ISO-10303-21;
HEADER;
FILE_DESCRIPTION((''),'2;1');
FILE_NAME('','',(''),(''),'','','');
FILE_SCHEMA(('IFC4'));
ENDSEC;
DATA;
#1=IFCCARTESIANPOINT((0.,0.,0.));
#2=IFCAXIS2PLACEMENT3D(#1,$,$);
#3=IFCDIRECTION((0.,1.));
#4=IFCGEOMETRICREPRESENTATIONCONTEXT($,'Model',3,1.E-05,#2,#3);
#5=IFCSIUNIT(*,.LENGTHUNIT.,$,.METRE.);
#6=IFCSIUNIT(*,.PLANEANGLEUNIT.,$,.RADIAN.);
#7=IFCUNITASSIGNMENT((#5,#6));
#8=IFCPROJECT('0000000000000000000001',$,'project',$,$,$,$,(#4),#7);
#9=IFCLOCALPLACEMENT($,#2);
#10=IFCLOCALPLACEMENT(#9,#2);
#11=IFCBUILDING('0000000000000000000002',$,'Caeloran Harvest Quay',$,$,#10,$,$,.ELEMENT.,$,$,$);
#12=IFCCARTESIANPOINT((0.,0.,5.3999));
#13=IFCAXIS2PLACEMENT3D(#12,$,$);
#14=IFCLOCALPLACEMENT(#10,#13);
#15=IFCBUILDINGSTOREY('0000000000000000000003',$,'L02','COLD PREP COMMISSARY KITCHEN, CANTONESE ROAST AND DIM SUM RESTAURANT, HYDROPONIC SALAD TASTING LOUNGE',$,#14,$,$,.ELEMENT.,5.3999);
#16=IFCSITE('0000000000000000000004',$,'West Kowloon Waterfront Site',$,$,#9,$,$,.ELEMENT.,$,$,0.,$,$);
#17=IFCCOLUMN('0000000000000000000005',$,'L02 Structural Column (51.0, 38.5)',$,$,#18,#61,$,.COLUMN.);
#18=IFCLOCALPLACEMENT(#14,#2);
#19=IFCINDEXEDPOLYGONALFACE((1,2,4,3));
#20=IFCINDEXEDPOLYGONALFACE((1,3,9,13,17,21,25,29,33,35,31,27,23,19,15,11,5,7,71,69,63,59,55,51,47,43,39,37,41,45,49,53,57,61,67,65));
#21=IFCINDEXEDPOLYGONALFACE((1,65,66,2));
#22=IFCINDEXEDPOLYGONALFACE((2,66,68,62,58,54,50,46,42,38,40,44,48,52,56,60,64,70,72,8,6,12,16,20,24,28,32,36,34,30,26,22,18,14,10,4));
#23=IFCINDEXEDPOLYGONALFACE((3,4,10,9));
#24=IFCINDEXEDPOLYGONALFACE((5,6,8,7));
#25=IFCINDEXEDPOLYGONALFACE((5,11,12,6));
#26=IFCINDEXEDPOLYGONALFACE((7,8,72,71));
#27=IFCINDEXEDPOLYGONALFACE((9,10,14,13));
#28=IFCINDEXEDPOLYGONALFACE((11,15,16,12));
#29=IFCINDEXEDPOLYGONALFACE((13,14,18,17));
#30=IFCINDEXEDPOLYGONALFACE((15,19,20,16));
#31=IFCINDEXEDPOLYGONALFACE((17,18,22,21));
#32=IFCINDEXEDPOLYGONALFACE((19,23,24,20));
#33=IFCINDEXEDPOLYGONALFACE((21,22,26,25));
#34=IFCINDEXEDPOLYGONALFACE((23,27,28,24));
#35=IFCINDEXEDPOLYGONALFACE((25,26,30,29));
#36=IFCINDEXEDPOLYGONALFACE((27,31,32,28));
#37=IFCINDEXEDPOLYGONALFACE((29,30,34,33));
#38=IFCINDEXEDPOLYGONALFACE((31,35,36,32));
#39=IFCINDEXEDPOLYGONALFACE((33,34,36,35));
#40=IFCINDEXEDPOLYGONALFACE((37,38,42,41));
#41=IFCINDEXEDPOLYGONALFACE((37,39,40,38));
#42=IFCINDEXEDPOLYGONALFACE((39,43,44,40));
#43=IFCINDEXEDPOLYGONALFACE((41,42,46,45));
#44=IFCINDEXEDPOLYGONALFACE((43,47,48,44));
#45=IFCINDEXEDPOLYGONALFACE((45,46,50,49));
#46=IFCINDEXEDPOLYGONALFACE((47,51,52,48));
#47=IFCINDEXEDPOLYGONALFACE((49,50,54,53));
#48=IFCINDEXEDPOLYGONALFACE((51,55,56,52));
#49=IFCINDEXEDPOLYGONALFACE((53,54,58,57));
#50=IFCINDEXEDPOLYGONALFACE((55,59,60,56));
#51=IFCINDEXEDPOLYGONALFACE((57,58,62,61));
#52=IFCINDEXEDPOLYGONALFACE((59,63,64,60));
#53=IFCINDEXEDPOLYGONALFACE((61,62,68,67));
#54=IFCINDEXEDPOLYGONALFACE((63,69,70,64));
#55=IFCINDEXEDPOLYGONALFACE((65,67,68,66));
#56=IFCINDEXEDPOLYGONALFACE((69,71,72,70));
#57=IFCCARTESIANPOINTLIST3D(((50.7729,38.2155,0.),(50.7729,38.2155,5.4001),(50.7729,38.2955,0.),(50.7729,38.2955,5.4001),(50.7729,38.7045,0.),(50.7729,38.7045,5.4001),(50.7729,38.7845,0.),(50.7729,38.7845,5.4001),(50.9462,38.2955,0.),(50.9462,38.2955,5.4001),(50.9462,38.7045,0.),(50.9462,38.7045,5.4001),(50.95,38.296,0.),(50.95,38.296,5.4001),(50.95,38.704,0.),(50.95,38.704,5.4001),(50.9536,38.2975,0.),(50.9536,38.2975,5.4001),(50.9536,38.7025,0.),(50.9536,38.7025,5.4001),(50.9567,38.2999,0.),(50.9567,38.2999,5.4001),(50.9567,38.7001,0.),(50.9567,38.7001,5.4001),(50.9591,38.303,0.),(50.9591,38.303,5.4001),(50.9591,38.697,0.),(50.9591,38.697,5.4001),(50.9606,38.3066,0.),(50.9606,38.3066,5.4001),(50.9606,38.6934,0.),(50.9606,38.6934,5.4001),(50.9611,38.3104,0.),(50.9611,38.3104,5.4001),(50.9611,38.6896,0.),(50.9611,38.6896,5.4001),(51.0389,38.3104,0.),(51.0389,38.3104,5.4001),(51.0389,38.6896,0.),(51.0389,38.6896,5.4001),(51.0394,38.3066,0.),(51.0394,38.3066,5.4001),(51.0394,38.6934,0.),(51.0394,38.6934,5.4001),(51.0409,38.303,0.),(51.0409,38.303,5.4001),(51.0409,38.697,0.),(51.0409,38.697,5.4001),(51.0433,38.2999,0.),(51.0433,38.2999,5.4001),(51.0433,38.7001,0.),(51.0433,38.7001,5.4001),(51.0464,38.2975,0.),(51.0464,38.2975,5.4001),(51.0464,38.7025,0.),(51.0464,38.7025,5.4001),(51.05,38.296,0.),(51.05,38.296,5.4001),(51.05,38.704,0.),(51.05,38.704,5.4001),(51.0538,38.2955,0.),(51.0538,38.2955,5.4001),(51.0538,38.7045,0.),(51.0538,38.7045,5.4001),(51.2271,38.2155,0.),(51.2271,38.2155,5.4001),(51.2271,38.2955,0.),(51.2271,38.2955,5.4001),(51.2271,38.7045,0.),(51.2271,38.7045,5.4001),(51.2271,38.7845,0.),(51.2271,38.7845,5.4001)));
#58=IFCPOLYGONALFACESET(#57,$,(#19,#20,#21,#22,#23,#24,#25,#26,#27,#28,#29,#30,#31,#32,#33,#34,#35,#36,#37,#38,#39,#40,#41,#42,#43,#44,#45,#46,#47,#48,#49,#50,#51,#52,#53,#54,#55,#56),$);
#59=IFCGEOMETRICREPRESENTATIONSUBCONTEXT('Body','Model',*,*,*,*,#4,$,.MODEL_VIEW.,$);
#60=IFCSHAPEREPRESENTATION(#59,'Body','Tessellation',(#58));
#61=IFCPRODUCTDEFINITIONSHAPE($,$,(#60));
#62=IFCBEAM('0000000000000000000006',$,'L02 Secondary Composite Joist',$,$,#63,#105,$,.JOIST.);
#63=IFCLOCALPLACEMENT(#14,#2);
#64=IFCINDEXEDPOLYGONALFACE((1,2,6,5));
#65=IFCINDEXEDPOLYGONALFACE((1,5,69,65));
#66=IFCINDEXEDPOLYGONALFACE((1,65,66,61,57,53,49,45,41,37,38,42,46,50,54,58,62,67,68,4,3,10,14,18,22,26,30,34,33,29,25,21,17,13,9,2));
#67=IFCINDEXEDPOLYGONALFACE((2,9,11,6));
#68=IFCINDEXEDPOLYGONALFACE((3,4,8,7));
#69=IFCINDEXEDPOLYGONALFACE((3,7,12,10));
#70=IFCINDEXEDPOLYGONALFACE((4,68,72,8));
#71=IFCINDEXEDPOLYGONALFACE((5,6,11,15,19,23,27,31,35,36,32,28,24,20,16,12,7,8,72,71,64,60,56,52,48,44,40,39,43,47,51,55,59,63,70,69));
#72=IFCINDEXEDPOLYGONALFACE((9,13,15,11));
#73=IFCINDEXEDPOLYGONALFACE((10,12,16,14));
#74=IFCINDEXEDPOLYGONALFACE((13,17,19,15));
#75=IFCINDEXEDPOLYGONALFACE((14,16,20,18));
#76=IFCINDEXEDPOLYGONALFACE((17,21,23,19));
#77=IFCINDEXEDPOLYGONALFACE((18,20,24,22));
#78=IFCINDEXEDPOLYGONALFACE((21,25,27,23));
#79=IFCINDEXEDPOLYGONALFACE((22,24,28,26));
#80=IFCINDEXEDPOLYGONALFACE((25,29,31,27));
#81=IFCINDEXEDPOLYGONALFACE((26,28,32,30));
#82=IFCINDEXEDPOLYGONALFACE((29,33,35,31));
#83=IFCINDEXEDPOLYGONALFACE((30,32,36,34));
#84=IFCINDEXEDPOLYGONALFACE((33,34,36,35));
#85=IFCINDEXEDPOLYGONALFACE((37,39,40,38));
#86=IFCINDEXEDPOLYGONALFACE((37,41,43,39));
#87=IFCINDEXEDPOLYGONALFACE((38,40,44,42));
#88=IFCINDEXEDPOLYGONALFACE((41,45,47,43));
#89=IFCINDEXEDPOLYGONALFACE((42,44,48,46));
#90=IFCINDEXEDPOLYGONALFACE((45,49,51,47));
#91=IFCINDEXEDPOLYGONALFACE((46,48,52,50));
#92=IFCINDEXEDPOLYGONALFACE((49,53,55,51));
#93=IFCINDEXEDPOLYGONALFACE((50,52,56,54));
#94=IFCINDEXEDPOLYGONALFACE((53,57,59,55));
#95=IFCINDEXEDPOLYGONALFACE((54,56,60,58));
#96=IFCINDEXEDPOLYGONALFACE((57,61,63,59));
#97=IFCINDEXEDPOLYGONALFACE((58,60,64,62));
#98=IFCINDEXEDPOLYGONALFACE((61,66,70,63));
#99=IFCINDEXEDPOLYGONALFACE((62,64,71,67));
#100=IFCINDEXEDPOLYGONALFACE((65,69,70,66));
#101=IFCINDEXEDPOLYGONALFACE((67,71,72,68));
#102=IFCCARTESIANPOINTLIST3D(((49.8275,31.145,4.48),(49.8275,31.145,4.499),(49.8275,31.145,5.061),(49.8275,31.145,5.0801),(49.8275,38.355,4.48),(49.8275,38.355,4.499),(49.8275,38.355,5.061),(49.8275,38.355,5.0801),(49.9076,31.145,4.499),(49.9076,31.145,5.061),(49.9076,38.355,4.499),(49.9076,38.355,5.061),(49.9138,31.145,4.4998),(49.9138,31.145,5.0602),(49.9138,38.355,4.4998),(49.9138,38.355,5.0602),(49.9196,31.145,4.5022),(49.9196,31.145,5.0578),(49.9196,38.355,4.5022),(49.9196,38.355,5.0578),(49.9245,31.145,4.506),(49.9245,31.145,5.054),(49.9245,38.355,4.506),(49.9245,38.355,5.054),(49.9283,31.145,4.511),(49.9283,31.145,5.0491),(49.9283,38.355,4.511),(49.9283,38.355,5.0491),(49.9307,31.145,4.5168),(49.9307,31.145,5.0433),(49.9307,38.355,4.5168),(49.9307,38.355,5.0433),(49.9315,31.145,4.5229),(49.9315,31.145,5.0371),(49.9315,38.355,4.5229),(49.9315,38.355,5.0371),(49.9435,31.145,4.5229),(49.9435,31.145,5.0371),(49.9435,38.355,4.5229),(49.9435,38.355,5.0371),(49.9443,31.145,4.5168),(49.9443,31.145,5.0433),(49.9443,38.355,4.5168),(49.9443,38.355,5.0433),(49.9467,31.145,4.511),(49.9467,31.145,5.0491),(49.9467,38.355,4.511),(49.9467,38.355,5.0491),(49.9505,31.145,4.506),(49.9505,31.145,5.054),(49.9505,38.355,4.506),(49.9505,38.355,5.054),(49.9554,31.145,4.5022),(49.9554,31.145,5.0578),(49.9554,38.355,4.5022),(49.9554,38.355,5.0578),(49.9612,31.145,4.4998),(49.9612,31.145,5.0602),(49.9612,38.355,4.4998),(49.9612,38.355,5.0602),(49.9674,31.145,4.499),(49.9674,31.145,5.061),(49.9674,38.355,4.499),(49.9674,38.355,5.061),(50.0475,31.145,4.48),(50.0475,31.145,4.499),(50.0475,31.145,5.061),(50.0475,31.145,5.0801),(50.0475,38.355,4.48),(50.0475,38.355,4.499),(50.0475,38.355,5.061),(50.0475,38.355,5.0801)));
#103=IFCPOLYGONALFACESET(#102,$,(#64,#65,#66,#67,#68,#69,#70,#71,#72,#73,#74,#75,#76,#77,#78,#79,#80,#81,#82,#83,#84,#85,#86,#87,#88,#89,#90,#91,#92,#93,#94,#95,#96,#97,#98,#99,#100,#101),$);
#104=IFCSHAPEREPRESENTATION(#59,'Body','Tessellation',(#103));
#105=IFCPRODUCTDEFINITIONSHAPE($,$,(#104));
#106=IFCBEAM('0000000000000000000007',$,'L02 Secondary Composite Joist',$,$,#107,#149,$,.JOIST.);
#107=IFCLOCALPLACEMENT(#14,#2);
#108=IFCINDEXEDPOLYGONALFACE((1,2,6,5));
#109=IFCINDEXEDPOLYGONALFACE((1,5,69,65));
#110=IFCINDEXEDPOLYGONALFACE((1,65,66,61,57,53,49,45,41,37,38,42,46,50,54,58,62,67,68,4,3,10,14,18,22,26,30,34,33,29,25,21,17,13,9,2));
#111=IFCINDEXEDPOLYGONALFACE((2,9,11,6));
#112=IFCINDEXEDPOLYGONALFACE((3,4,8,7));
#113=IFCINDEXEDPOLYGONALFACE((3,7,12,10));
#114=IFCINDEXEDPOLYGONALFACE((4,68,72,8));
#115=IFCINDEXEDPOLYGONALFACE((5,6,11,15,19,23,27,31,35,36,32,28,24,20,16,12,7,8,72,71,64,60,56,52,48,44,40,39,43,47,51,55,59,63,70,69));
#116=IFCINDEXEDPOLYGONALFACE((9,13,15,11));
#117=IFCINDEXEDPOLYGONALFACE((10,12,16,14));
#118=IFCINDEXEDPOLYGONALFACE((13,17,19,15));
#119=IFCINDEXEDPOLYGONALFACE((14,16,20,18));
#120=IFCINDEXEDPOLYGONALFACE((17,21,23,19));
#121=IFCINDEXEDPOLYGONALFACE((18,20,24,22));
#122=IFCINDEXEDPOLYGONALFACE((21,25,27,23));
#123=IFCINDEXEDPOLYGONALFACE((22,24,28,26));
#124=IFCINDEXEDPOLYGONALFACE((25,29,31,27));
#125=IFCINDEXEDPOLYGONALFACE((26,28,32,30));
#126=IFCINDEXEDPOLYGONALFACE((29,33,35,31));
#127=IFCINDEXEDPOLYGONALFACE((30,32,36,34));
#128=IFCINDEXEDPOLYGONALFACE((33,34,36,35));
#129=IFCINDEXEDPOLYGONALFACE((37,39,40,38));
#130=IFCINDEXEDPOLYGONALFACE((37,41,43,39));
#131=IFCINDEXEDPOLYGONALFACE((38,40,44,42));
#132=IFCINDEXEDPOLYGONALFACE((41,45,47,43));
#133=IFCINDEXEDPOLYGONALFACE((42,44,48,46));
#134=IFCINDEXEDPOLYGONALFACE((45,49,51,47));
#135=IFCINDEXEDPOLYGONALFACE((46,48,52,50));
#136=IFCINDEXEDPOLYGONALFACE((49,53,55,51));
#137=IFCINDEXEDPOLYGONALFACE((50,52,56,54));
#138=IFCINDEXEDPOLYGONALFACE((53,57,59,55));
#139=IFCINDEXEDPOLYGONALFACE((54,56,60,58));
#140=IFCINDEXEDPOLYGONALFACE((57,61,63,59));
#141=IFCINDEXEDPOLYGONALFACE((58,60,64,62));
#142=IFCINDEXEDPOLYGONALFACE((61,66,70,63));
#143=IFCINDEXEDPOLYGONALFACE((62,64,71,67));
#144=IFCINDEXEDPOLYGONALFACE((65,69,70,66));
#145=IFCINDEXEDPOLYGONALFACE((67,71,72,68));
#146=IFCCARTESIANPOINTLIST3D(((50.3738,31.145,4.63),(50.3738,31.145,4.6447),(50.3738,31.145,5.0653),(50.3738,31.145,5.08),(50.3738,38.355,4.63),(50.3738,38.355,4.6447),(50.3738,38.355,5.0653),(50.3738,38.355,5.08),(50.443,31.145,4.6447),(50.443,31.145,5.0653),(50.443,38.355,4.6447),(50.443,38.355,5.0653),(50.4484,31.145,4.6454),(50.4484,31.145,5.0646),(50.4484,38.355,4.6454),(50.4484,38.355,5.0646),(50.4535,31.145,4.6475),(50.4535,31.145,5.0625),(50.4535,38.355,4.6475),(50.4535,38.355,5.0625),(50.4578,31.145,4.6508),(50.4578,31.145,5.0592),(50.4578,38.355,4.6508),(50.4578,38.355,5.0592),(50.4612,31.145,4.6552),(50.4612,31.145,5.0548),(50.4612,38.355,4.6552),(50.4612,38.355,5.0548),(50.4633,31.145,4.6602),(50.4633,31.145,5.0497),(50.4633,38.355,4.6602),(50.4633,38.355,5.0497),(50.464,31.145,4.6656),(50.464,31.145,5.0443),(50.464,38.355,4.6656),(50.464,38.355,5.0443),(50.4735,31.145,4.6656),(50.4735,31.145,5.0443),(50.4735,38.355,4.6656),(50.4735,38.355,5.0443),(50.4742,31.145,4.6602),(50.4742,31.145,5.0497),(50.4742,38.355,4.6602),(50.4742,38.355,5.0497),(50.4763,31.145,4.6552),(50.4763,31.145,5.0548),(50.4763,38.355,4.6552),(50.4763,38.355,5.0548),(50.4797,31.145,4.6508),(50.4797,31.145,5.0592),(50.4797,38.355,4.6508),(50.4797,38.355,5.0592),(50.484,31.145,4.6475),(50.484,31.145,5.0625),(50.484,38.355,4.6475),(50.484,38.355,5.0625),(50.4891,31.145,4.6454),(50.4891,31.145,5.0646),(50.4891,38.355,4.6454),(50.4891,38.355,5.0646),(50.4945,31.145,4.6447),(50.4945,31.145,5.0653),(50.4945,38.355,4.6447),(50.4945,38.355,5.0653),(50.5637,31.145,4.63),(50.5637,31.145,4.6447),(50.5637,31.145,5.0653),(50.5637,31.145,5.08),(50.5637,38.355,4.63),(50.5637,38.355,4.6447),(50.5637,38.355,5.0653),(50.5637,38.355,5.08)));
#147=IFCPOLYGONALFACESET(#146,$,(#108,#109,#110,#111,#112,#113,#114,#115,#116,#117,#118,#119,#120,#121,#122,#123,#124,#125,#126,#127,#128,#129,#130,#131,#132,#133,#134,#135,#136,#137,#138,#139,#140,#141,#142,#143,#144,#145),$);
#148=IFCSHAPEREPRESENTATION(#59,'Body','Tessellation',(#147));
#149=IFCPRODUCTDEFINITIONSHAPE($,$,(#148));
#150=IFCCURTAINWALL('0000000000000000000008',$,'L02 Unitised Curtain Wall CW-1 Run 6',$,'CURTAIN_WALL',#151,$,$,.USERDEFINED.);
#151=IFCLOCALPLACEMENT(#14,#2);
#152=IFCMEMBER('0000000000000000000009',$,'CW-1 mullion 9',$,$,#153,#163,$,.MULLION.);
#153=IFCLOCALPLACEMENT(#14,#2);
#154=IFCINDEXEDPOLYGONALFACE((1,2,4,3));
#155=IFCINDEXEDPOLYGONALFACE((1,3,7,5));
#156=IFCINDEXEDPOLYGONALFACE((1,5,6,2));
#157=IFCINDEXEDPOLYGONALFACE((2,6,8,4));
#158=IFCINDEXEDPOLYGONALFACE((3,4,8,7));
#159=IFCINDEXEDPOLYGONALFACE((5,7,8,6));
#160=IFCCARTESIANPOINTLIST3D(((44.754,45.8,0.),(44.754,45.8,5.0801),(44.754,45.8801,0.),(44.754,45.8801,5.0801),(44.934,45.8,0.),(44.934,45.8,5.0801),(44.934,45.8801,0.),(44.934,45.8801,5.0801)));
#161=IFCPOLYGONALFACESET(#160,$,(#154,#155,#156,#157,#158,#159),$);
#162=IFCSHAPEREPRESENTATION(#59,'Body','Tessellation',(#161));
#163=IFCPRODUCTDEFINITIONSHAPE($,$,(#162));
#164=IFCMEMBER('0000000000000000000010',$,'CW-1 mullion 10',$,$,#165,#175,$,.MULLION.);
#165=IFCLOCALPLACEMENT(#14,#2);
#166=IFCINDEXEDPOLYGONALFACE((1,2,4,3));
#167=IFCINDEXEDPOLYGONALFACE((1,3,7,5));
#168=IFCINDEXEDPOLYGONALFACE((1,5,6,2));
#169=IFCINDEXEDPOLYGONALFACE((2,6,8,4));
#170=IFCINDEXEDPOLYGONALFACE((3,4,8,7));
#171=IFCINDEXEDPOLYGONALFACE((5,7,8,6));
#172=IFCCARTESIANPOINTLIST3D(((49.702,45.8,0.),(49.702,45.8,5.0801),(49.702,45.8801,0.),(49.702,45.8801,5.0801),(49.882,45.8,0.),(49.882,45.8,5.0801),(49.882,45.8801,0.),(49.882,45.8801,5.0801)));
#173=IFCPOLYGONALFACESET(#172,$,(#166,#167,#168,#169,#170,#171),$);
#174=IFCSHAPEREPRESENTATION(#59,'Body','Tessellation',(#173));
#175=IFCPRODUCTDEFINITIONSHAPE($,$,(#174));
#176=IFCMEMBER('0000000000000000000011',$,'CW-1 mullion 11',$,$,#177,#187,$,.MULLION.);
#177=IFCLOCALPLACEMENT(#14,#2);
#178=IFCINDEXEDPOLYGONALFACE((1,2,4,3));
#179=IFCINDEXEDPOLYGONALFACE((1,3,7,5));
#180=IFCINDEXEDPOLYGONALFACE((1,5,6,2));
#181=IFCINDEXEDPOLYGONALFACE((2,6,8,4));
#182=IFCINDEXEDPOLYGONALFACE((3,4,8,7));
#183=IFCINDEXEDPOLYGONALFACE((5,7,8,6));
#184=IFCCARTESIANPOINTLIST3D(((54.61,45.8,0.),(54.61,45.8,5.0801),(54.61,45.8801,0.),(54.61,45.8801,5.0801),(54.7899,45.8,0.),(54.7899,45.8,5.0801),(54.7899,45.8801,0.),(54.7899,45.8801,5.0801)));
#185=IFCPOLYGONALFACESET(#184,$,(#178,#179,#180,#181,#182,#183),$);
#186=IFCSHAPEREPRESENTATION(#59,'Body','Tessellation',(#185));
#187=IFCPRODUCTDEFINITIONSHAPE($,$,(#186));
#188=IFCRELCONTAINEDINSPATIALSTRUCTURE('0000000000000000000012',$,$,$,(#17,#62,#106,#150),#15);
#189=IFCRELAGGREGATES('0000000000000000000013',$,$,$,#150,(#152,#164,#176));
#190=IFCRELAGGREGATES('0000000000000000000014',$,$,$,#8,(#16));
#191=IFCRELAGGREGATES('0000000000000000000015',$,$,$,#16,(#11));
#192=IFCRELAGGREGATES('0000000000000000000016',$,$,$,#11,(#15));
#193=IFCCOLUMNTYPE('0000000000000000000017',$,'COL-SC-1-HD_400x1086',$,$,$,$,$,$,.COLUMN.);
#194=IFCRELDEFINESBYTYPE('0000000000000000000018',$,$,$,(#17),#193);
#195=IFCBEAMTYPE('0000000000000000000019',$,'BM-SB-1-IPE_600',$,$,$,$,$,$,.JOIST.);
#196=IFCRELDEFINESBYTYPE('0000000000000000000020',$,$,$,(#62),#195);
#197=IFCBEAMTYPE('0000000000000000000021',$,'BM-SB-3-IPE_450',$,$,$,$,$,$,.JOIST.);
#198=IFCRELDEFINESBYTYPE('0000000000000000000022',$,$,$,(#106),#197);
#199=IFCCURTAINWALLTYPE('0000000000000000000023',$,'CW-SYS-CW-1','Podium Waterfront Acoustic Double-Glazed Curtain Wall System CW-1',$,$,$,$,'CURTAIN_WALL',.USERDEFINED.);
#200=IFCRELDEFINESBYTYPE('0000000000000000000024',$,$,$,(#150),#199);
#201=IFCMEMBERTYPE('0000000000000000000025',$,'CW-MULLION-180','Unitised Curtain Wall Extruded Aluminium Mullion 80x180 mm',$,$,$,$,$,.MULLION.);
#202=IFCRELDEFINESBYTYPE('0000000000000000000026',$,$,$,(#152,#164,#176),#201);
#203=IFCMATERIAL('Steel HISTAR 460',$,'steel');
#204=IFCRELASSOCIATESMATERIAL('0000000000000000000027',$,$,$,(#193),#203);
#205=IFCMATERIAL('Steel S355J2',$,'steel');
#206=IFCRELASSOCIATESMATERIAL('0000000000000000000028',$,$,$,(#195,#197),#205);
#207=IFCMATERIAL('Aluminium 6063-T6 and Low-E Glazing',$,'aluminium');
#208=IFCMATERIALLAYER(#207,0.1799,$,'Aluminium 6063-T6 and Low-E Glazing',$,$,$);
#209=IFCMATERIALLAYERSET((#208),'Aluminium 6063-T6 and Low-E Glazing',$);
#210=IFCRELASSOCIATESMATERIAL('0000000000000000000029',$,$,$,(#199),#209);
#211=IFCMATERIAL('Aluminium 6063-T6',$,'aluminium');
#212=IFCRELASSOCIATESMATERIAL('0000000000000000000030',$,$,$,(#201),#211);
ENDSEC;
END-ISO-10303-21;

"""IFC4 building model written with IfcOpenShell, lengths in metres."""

from ifc_helpers import new_model, si_unit, direction, frame, origin, origin_2d, place, context, subcontext, project, spatial, rectangle, i_section, extrude, material, layer, layer_set, material_profile, profile_set, type_object, element, aggregate, save


model = new_model("IFC4")

# Units and contexts
model_context = context("Model", 3, precision=1e-05, world=origin(), true_north=direction((0.0, 1.0)))
body_context = subcontext(model_context, "Body", "Model", "MODEL_VIEW")
ifc_project = project(units=[si_unit("LENGTHUNIT", "METRE"), si_unit("PLANEANGLEUNIT", "RADIAN")], contexts=[model_context])

# Site, building, storey
site_placement = place(None, origin())
site = spatial("IfcSite", under=ifc_project, at=site_placement, Name="West Kowloon Waterfront Site", CompositionType="ELEMENT", RefElevation=0.0)
building_placement = place(site_placement, origin())
building = spatial("IfcBuilding", under=site, at=building_placement, Name="Caeloran Harvest Quay", CompositionType="ELEMENT")
storey_placement = place(building_placement, frame((0.0, 0.0, 5.3999)))
storey = spatial("IfcBuildingStorey", under=building, at=storey_placement, Name="L02", Description="COLD PREP COMMISSARY KITCHEN, CANTONESE ROAST AND DIM SUM RESTAURANT, HYDROPONIC SALAD TASTING LOUNGE", CompositionType="ELEMENT", Elevation=5.3999)

# Column
ifc_material_1 = material(Name="Steel HISTAR 460", Category="steel")
ifc_material_profile_1 = material_profile(ifc_material_1, i_section(OverallWidth=0.4541, OverallDepth=0.5691, WebThickness=0.0779, FlangeThickness=0.0801, FilletRadius=0.0149, at=origin_2d()), Name="HD 400x1086")
ifc_profile_set_1 = profile_set([ifc_material_profile_1], Name="Steel HISTAR 460")
column_type = type_object("IfcColumnType", Name="COL-SC-1-HD_400x1086", PredefinedType="COLUMN", material=ifc_profile_set_1)
column_placement = place(storey_placement, frame((51.0, 38.5, 0.0), z_axis=(0.0, 0.0, 1.0), x_axis=(1.0, 0.0, 0.0)))
element("IfcColumn", 1, at=column_placement, inside=storey, type_object=column_type, Name="L02 Structural Column (51.0, 38.5)", PredefinedType="COLUMN", context=body_context, shape_type="SweptSolid", body=[
    extrude(i_section(OverallWidth=0.4541, OverallDepth=0.5691, WebThickness=0.0779, FlangeThickness=0.0801, FilletRadius=0.0149, at=origin_2d()), origin(), (0.0, 0.0, 1.0), 5.4001),
])

# Beams
ifc_material_2 = material(Name="Steel S355J2", Category="steel")
ifc_material_profile_2 = material_profile(ifc_material_2, i_section(OverallWidth=0.22, OverallDepth=0.6001, WebThickness=0.012, FlangeThickness=0.019, FilletRadius=0.0239, at=origin_2d()), Name="IPE 600")
ifc_profile_set_2 = profile_set([ifc_material_profile_2], Name="Steel S355J2")
beam_type_1 = type_object("IfcBeamType", Name="BM-SB-1-IPE_600", PredefinedType="JOIST", material=ifc_profile_set_2)
beam_1_placement = place(storey_placement, frame((49.9375, 31.145, 4.78), z_axis=(0.0, 1.0, 0.0), x_axis=(-1.0, 0.0, 0.0)))
element("IfcBeam", 2, at=beam_1_placement, inside=storey, type_object=beam_type_1, Name="L02 Secondary Composite Joist", PredefinedType="JOIST", context=body_context, shape_type="SweptSolid", body=[
    extrude(i_section(OverallWidth=0.22, OverallDepth=0.6001, WebThickness=0.012, FlangeThickness=0.019, FilletRadius=0.0239, at=origin_2d()), origin(), (0.0, 0.0, 1.0), 7.21),
])
ifc_material_profile_3 = material_profile(ifc_material_2, i_section(OverallWidth=0.1899, OverallDepth=0.45, WebThickness=0.0095, FlangeThickness=0.0146, FilletRadius=0.021, at=origin_2d()), Name="IPE 450")
ifc_profile_set_3 = profile_set([ifc_material_profile_3], Name="Steel S355J2")
beam_type_2 = type_object("IfcBeamType", Name="BM-SB-3-IPE_450", PredefinedType="JOIST", material=ifc_profile_set_3)
beam_2_placement = place(storey_placement, frame((50.4688, 31.145, 4.855), z_axis=(0.0, 1.0, 0.0), x_axis=(-1.0, 0.0, 0.0)))
element("IfcBeam", 3, at=beam_2_placement, inside=storey, type_object=beam_type_2, Name="L02 Secondary Composite Joist", PredefinedType="JOIST", context=body_context, shape_type="SweptSolid", body=[
    extrude(i_section(OverallWidth=0.1899, OverallDepth=0.45, WebThickness=0.0095, FlangeThickness=0.0146, FilletRadius=0.021, at=origin_2d()), origin(), (0.0, 0.0, 1.0), 7.21),
])

# Curtain wall, members
ifc_material_3 = material(Name="Aluminium 6063-T6 and Low-E Glazing", Category="aluminium")
ifc_layer_1 = layer(ifc_material_3, 0.1799, Name="Aluminium 6063-T6 and Low-E Glazing")
ifc_layer_set_1 = layer_set([ifc_layer_1], Name="Aluminium 6063-T6 and Low-E Glazing")
curtain_wall_type = type_object("IfcCurtainWallType", Name="CW-SYS-CW-1", Description="Podium Waterfront Acoustic Double-Glazed Curtain Wall System CW-1", ElementType="CURTAIN_WALL", PredefinedType="USERDEFINED", material=ifc_layer_set_1)
curtain_wall_1_placement = place(storey_placement, origin())
curtain_wall_1 = element("IfcCurtainWall", 4, at=curtain_wall_1_placement, inside=storey, type_object=curtain_wall_type, Name="L02 Unitised Curtain Wall CW-1 Run 6", ObjectType="CURTAIN_WALL", PredefinedType="USERDEFINED")
ifc_material_4 = material(Name="Aluminium 6063-T6", Category="aluminium")
ifc_material_profile_4 = material_profile(ifc_material_4, rectangle(XDim=0.0801, YDim=0.1799, at=origin_2d()), Name="CW-MULLION-180")
ifc_profile_set_4 = profile_set([ifc_material_profile_4], Name="Aluminium 6063-T6")
member_type_1 = type_object("IfcMemberType", Name="CW-MULLION-180", Description="Unitised Curtain Wall Extruded Aluminium Mullion 80x180 mm", PredefinedType="MULLION", material=ifc_profile_set_4)
member_1_placement = place(storey_placement, frame((44.844, 45.8401, 0.0), z_axis=(0.0, 0.0, 1.0), x_axis=(0.0, 1.0, 0.0)))
member_1 = element("IfcMember", 5, at=member_1_placement, type_object=member_type_1, Name="CW-1 mullion 9", PredefinedType="MULLION", context=body_context, shape_type="SweptSolid", body=[
    extrude(rectangle(XDim=0.0801, YDim=0.1799, at=origin_2d()), origin(), (0.0, 0.0, 1.0), 5.0801),
])
member_2_placement = place(storey_placement, frame((49.792, 45.8401, 0.0), z_axis=(0.0, 0.0, 1.0), x_axis=(0.0, 1.0, 0.0)))
member_2 = element("IfcMember", 6, at=member_2_placement, type_object=member_type_1, Name="CW-1 mullion 10", PredefinedType="MULLION", context=body_context, shape_type="SweptSolid", body=[
    extrude(rectangle(XDim=0.0801, YDim=0.1799, at=origin_2d()), origin(), (0.0, 0.0, 1.0), 5.0801),
])
member_3_placement = place(storey_placement, frame((54.7, 45.8401, 0.0), z_axis=(0.0, 0.0, 1.0), x_axis=(0.0, 1.0, 0.0)))
member_3 = element("IfcMember", 7, at=member_3_placement, type_object=member_type_1, Name="CW-1 mullion 11", PredefinedType="MULLION", context=body_context, shape_type="SweptSolid", body=[
    extrude(rectangle(XDim=0.0801, YDim=0.1799, at=origin_2d()), origin(), (0.0, 0.0, 1.0), 5.0801),
])

aggregate(curtain_wall_1, [member_1, member_2, member_3])

save(model, "model.ifc")
